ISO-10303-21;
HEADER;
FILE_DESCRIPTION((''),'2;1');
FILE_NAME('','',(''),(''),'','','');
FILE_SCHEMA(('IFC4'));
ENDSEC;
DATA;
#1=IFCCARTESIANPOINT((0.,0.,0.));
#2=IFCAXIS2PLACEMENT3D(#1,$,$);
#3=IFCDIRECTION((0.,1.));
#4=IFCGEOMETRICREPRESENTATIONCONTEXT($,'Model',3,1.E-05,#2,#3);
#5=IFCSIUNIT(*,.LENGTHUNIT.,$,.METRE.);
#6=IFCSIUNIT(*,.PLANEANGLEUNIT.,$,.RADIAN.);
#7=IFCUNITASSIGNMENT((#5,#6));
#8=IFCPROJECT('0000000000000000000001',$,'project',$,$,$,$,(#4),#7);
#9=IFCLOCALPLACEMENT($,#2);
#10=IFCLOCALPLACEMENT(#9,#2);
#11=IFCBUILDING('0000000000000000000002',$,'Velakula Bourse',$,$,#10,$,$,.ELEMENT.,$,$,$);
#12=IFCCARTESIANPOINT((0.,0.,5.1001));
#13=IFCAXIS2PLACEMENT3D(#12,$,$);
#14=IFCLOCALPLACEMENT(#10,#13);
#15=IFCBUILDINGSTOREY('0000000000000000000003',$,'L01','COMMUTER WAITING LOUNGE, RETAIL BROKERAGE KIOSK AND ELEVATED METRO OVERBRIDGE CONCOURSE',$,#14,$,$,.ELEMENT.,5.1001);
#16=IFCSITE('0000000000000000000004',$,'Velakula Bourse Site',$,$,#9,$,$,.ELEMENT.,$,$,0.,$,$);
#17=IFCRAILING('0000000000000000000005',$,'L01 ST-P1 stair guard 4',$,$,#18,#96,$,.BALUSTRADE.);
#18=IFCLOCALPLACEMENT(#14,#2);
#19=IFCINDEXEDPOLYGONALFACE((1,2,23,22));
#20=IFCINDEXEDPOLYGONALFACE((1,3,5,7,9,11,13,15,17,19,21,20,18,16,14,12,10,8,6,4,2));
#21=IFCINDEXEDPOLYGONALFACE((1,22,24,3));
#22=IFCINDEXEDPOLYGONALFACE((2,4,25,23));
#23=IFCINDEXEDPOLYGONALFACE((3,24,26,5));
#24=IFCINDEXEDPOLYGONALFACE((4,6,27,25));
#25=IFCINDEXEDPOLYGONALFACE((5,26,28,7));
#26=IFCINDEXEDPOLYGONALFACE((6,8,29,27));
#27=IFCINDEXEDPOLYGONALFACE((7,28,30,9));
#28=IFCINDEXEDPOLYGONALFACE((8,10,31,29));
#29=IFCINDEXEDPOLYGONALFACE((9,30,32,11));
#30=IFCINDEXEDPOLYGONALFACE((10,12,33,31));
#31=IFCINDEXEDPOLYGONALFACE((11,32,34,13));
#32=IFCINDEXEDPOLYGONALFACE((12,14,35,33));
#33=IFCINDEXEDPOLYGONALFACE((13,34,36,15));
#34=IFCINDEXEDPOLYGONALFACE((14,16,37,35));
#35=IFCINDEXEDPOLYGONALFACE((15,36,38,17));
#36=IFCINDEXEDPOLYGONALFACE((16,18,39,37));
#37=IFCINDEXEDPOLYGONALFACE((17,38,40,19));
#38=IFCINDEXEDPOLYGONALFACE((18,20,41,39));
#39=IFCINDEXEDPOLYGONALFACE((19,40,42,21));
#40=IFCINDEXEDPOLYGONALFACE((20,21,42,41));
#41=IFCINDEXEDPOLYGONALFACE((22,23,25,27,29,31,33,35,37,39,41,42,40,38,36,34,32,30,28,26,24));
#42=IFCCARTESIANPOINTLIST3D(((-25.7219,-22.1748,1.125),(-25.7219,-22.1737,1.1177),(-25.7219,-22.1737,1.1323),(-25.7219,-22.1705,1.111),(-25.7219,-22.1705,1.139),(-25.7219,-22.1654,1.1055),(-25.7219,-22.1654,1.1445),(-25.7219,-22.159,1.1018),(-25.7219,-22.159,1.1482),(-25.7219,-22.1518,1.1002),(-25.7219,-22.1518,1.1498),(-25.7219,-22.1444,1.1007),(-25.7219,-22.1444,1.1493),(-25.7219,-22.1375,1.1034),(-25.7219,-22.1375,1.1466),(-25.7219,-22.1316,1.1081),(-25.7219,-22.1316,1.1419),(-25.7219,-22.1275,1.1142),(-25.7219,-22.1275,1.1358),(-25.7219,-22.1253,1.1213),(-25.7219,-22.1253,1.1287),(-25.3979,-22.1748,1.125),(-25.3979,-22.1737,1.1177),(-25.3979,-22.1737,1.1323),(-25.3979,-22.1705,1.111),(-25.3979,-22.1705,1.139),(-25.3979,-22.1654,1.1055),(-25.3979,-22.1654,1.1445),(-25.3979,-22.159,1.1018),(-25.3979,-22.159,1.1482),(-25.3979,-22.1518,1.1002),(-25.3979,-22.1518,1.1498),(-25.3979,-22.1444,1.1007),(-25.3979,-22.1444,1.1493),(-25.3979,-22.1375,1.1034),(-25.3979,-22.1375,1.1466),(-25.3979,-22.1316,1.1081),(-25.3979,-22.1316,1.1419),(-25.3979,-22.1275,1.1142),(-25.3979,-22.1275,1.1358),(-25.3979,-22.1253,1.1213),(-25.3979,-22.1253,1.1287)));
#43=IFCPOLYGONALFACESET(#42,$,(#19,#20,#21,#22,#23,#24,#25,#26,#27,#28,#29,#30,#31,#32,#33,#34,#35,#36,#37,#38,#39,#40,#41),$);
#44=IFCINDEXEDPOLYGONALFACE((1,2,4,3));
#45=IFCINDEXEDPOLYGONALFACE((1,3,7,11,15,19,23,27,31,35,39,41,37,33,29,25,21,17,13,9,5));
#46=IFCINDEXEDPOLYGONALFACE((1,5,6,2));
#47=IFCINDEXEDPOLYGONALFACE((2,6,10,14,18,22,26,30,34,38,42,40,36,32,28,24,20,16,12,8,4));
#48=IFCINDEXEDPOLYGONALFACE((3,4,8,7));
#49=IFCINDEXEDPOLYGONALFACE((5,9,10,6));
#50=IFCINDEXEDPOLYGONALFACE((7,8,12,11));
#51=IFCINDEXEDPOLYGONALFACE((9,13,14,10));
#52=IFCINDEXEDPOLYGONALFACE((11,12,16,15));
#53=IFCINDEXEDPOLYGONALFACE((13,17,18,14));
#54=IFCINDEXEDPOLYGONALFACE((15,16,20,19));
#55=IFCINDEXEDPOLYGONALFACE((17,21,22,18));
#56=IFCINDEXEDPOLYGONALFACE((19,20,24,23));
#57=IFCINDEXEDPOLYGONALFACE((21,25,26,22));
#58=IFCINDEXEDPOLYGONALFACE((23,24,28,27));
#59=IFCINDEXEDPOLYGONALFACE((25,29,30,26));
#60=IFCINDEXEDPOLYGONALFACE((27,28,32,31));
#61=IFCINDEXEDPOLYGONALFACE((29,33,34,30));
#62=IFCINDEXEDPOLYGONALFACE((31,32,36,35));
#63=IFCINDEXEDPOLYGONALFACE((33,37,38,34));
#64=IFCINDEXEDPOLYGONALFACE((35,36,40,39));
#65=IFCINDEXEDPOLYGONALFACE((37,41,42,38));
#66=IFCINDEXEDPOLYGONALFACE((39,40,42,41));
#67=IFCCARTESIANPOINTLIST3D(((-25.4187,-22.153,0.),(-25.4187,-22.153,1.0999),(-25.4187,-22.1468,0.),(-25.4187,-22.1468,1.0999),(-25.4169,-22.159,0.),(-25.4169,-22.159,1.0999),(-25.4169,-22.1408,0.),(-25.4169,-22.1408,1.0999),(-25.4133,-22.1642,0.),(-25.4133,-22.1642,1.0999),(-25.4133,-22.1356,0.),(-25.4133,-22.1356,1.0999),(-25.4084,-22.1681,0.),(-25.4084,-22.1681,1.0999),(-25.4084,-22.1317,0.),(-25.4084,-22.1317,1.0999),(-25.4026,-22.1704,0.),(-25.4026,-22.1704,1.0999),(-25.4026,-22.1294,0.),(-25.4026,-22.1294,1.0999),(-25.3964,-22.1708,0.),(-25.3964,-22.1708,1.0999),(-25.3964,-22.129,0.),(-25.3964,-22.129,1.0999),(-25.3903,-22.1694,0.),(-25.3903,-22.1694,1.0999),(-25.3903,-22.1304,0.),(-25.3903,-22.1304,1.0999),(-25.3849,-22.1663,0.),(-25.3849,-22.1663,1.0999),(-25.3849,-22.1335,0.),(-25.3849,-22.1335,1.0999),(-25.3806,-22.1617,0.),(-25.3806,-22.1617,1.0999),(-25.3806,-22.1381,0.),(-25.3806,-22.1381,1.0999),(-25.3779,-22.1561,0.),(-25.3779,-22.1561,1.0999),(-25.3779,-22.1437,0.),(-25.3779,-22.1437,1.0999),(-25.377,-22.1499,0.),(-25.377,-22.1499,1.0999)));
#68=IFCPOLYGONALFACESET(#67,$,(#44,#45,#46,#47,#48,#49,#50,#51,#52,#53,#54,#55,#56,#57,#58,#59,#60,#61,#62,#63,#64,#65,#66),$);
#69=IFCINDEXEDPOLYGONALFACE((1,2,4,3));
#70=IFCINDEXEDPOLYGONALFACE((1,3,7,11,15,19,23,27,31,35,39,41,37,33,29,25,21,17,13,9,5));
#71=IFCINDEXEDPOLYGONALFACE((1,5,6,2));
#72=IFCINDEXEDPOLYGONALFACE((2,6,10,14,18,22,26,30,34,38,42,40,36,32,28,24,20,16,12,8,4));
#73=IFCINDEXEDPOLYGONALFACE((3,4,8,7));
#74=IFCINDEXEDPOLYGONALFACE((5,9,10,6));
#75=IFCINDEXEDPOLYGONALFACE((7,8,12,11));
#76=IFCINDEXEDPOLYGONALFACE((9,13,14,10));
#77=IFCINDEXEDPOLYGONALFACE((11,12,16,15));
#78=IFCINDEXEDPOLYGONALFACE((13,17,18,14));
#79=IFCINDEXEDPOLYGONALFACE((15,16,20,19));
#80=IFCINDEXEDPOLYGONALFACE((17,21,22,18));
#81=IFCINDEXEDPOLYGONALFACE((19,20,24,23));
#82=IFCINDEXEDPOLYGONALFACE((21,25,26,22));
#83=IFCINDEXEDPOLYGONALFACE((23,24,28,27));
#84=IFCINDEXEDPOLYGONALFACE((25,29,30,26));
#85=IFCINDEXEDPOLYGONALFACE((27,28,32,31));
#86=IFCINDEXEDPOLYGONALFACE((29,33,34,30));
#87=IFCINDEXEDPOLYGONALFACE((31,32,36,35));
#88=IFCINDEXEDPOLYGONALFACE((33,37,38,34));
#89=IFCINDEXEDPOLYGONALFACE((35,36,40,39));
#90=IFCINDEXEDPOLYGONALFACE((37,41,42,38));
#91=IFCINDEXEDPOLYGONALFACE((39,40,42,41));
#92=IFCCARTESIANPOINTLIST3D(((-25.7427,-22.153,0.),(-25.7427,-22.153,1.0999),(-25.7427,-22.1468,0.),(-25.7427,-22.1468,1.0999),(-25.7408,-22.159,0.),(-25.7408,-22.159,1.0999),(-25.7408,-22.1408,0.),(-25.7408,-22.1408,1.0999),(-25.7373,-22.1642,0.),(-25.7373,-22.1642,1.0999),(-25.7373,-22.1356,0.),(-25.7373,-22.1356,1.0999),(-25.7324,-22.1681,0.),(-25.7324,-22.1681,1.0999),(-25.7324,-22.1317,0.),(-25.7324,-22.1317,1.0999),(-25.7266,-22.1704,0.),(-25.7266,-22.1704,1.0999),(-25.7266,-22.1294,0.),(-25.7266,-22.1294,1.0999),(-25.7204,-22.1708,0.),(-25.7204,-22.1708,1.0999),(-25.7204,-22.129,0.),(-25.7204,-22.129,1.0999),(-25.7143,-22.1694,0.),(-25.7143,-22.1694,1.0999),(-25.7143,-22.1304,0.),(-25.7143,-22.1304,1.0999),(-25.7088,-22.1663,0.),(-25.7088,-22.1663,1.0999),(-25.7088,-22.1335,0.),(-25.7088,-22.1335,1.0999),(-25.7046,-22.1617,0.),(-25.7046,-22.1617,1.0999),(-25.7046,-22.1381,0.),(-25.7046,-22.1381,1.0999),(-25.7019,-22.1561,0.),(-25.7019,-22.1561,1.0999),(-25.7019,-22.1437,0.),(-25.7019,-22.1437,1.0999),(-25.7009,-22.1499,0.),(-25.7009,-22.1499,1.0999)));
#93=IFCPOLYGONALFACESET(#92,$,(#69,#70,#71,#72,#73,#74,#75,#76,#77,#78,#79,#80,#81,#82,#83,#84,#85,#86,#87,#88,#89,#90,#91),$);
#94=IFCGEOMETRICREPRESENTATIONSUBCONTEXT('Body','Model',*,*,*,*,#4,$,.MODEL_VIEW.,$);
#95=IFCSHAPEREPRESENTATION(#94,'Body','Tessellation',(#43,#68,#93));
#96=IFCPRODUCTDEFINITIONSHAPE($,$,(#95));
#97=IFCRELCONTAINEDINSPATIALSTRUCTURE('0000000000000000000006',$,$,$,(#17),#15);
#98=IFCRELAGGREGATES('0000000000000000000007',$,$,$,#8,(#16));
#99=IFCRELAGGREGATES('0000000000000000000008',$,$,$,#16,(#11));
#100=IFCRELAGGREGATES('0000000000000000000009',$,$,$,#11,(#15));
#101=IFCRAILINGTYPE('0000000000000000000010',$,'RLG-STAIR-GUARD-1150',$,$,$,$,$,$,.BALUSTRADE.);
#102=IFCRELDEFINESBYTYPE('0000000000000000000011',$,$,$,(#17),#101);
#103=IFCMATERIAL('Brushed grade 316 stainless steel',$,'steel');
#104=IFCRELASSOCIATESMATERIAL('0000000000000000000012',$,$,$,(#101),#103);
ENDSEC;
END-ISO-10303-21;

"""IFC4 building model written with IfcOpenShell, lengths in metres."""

from ifc_helpers import new_model, si_unit, direction, frame, origin, origin_2d, place, context, subcontext, project, spatial, circle, extrude, material, type_object, element, save


model = new_model("IFC4")

# Units and contexts
model_context = context("Model", 3, precision=1e-05, world=origin(), true_north=direction((0.0, 1.0)))
body_context = subcontext(model_context, "Body", "Model", "MODEL_VIEW")
ifc_project = project(units=[si_unit("LENGTHUNIT", "METRE"), si_unit("PLANEANGLEUNIT", "RADIAN")], contexts=[model_context])

# Site, building, storey
site_placement = place(None, origin())
site = spatial("IfcSite", under=ifc_project, at=site_placement, Name="Velakula Bourse Site", CompositionType="ELEMENT", RefElevation=0.0)
building_placement = place(site_placement, origin())
building = spatial("IfcBuilding", under=site, at=building_placement, Name="Velakula Bourse", CompositionType="ELEMENT")
storey_placement = place(building_placement, frame((0.0, 0.0, 5.1001)))
storey = spatial("IfcBuildingStorey", under=building, at=storey_placement, Name="L01", Description="COMMUTER WAITING LOUNGE, RETAIL BROKERAGE KIOSK AND ELEVATED METRO OVERBRIDGE CONCOURSE", CompositionType="ELEMENT", Elevation=5.1001)

# Railing
ifc_material_1 = material(Name="Brushed grade 316 stainless steel", Category="steel")
railing_type_1 = type_object("IfcRailingType", Name="RLG-STAIR-GUARD-1150", PredefinedType="BALUSTRADE", material=ifc_material_1)
railing_1_placement = place(storey_placement, frame((-25.3979, -22.1499, 0.0)))
element("IfcRailing", 1, at=railing_1_placement, inside=storey, type_object=railing_type_1, Name="L01 ST-P1 stair guard 4", PredefinedType="BALUSTRADE", context=body_context, shape_type="SweptSolid", body=[
    extrude(circle(Radius=0.0249, at=origin_2d()), frame((0.0, 0.0, 1.125), z_axis=(-1.0, 0.0, 0.0), x_axis=(0.0, -1.0, 0.0)), (0.0, 0.0, 1.0), 0.324),
    extrude(circle(Radius=0.021, at=origin_2d()), origin(), (0.0, 0.0, 1.0), 1.0999),
    extrude(circle(Radius=0.021, at=origin_2d()), frame((-0.324, 0.0, 0.0)), (0.0, 0.0, 1.0), 1.0999),
])

save(model, "model.ifc")
